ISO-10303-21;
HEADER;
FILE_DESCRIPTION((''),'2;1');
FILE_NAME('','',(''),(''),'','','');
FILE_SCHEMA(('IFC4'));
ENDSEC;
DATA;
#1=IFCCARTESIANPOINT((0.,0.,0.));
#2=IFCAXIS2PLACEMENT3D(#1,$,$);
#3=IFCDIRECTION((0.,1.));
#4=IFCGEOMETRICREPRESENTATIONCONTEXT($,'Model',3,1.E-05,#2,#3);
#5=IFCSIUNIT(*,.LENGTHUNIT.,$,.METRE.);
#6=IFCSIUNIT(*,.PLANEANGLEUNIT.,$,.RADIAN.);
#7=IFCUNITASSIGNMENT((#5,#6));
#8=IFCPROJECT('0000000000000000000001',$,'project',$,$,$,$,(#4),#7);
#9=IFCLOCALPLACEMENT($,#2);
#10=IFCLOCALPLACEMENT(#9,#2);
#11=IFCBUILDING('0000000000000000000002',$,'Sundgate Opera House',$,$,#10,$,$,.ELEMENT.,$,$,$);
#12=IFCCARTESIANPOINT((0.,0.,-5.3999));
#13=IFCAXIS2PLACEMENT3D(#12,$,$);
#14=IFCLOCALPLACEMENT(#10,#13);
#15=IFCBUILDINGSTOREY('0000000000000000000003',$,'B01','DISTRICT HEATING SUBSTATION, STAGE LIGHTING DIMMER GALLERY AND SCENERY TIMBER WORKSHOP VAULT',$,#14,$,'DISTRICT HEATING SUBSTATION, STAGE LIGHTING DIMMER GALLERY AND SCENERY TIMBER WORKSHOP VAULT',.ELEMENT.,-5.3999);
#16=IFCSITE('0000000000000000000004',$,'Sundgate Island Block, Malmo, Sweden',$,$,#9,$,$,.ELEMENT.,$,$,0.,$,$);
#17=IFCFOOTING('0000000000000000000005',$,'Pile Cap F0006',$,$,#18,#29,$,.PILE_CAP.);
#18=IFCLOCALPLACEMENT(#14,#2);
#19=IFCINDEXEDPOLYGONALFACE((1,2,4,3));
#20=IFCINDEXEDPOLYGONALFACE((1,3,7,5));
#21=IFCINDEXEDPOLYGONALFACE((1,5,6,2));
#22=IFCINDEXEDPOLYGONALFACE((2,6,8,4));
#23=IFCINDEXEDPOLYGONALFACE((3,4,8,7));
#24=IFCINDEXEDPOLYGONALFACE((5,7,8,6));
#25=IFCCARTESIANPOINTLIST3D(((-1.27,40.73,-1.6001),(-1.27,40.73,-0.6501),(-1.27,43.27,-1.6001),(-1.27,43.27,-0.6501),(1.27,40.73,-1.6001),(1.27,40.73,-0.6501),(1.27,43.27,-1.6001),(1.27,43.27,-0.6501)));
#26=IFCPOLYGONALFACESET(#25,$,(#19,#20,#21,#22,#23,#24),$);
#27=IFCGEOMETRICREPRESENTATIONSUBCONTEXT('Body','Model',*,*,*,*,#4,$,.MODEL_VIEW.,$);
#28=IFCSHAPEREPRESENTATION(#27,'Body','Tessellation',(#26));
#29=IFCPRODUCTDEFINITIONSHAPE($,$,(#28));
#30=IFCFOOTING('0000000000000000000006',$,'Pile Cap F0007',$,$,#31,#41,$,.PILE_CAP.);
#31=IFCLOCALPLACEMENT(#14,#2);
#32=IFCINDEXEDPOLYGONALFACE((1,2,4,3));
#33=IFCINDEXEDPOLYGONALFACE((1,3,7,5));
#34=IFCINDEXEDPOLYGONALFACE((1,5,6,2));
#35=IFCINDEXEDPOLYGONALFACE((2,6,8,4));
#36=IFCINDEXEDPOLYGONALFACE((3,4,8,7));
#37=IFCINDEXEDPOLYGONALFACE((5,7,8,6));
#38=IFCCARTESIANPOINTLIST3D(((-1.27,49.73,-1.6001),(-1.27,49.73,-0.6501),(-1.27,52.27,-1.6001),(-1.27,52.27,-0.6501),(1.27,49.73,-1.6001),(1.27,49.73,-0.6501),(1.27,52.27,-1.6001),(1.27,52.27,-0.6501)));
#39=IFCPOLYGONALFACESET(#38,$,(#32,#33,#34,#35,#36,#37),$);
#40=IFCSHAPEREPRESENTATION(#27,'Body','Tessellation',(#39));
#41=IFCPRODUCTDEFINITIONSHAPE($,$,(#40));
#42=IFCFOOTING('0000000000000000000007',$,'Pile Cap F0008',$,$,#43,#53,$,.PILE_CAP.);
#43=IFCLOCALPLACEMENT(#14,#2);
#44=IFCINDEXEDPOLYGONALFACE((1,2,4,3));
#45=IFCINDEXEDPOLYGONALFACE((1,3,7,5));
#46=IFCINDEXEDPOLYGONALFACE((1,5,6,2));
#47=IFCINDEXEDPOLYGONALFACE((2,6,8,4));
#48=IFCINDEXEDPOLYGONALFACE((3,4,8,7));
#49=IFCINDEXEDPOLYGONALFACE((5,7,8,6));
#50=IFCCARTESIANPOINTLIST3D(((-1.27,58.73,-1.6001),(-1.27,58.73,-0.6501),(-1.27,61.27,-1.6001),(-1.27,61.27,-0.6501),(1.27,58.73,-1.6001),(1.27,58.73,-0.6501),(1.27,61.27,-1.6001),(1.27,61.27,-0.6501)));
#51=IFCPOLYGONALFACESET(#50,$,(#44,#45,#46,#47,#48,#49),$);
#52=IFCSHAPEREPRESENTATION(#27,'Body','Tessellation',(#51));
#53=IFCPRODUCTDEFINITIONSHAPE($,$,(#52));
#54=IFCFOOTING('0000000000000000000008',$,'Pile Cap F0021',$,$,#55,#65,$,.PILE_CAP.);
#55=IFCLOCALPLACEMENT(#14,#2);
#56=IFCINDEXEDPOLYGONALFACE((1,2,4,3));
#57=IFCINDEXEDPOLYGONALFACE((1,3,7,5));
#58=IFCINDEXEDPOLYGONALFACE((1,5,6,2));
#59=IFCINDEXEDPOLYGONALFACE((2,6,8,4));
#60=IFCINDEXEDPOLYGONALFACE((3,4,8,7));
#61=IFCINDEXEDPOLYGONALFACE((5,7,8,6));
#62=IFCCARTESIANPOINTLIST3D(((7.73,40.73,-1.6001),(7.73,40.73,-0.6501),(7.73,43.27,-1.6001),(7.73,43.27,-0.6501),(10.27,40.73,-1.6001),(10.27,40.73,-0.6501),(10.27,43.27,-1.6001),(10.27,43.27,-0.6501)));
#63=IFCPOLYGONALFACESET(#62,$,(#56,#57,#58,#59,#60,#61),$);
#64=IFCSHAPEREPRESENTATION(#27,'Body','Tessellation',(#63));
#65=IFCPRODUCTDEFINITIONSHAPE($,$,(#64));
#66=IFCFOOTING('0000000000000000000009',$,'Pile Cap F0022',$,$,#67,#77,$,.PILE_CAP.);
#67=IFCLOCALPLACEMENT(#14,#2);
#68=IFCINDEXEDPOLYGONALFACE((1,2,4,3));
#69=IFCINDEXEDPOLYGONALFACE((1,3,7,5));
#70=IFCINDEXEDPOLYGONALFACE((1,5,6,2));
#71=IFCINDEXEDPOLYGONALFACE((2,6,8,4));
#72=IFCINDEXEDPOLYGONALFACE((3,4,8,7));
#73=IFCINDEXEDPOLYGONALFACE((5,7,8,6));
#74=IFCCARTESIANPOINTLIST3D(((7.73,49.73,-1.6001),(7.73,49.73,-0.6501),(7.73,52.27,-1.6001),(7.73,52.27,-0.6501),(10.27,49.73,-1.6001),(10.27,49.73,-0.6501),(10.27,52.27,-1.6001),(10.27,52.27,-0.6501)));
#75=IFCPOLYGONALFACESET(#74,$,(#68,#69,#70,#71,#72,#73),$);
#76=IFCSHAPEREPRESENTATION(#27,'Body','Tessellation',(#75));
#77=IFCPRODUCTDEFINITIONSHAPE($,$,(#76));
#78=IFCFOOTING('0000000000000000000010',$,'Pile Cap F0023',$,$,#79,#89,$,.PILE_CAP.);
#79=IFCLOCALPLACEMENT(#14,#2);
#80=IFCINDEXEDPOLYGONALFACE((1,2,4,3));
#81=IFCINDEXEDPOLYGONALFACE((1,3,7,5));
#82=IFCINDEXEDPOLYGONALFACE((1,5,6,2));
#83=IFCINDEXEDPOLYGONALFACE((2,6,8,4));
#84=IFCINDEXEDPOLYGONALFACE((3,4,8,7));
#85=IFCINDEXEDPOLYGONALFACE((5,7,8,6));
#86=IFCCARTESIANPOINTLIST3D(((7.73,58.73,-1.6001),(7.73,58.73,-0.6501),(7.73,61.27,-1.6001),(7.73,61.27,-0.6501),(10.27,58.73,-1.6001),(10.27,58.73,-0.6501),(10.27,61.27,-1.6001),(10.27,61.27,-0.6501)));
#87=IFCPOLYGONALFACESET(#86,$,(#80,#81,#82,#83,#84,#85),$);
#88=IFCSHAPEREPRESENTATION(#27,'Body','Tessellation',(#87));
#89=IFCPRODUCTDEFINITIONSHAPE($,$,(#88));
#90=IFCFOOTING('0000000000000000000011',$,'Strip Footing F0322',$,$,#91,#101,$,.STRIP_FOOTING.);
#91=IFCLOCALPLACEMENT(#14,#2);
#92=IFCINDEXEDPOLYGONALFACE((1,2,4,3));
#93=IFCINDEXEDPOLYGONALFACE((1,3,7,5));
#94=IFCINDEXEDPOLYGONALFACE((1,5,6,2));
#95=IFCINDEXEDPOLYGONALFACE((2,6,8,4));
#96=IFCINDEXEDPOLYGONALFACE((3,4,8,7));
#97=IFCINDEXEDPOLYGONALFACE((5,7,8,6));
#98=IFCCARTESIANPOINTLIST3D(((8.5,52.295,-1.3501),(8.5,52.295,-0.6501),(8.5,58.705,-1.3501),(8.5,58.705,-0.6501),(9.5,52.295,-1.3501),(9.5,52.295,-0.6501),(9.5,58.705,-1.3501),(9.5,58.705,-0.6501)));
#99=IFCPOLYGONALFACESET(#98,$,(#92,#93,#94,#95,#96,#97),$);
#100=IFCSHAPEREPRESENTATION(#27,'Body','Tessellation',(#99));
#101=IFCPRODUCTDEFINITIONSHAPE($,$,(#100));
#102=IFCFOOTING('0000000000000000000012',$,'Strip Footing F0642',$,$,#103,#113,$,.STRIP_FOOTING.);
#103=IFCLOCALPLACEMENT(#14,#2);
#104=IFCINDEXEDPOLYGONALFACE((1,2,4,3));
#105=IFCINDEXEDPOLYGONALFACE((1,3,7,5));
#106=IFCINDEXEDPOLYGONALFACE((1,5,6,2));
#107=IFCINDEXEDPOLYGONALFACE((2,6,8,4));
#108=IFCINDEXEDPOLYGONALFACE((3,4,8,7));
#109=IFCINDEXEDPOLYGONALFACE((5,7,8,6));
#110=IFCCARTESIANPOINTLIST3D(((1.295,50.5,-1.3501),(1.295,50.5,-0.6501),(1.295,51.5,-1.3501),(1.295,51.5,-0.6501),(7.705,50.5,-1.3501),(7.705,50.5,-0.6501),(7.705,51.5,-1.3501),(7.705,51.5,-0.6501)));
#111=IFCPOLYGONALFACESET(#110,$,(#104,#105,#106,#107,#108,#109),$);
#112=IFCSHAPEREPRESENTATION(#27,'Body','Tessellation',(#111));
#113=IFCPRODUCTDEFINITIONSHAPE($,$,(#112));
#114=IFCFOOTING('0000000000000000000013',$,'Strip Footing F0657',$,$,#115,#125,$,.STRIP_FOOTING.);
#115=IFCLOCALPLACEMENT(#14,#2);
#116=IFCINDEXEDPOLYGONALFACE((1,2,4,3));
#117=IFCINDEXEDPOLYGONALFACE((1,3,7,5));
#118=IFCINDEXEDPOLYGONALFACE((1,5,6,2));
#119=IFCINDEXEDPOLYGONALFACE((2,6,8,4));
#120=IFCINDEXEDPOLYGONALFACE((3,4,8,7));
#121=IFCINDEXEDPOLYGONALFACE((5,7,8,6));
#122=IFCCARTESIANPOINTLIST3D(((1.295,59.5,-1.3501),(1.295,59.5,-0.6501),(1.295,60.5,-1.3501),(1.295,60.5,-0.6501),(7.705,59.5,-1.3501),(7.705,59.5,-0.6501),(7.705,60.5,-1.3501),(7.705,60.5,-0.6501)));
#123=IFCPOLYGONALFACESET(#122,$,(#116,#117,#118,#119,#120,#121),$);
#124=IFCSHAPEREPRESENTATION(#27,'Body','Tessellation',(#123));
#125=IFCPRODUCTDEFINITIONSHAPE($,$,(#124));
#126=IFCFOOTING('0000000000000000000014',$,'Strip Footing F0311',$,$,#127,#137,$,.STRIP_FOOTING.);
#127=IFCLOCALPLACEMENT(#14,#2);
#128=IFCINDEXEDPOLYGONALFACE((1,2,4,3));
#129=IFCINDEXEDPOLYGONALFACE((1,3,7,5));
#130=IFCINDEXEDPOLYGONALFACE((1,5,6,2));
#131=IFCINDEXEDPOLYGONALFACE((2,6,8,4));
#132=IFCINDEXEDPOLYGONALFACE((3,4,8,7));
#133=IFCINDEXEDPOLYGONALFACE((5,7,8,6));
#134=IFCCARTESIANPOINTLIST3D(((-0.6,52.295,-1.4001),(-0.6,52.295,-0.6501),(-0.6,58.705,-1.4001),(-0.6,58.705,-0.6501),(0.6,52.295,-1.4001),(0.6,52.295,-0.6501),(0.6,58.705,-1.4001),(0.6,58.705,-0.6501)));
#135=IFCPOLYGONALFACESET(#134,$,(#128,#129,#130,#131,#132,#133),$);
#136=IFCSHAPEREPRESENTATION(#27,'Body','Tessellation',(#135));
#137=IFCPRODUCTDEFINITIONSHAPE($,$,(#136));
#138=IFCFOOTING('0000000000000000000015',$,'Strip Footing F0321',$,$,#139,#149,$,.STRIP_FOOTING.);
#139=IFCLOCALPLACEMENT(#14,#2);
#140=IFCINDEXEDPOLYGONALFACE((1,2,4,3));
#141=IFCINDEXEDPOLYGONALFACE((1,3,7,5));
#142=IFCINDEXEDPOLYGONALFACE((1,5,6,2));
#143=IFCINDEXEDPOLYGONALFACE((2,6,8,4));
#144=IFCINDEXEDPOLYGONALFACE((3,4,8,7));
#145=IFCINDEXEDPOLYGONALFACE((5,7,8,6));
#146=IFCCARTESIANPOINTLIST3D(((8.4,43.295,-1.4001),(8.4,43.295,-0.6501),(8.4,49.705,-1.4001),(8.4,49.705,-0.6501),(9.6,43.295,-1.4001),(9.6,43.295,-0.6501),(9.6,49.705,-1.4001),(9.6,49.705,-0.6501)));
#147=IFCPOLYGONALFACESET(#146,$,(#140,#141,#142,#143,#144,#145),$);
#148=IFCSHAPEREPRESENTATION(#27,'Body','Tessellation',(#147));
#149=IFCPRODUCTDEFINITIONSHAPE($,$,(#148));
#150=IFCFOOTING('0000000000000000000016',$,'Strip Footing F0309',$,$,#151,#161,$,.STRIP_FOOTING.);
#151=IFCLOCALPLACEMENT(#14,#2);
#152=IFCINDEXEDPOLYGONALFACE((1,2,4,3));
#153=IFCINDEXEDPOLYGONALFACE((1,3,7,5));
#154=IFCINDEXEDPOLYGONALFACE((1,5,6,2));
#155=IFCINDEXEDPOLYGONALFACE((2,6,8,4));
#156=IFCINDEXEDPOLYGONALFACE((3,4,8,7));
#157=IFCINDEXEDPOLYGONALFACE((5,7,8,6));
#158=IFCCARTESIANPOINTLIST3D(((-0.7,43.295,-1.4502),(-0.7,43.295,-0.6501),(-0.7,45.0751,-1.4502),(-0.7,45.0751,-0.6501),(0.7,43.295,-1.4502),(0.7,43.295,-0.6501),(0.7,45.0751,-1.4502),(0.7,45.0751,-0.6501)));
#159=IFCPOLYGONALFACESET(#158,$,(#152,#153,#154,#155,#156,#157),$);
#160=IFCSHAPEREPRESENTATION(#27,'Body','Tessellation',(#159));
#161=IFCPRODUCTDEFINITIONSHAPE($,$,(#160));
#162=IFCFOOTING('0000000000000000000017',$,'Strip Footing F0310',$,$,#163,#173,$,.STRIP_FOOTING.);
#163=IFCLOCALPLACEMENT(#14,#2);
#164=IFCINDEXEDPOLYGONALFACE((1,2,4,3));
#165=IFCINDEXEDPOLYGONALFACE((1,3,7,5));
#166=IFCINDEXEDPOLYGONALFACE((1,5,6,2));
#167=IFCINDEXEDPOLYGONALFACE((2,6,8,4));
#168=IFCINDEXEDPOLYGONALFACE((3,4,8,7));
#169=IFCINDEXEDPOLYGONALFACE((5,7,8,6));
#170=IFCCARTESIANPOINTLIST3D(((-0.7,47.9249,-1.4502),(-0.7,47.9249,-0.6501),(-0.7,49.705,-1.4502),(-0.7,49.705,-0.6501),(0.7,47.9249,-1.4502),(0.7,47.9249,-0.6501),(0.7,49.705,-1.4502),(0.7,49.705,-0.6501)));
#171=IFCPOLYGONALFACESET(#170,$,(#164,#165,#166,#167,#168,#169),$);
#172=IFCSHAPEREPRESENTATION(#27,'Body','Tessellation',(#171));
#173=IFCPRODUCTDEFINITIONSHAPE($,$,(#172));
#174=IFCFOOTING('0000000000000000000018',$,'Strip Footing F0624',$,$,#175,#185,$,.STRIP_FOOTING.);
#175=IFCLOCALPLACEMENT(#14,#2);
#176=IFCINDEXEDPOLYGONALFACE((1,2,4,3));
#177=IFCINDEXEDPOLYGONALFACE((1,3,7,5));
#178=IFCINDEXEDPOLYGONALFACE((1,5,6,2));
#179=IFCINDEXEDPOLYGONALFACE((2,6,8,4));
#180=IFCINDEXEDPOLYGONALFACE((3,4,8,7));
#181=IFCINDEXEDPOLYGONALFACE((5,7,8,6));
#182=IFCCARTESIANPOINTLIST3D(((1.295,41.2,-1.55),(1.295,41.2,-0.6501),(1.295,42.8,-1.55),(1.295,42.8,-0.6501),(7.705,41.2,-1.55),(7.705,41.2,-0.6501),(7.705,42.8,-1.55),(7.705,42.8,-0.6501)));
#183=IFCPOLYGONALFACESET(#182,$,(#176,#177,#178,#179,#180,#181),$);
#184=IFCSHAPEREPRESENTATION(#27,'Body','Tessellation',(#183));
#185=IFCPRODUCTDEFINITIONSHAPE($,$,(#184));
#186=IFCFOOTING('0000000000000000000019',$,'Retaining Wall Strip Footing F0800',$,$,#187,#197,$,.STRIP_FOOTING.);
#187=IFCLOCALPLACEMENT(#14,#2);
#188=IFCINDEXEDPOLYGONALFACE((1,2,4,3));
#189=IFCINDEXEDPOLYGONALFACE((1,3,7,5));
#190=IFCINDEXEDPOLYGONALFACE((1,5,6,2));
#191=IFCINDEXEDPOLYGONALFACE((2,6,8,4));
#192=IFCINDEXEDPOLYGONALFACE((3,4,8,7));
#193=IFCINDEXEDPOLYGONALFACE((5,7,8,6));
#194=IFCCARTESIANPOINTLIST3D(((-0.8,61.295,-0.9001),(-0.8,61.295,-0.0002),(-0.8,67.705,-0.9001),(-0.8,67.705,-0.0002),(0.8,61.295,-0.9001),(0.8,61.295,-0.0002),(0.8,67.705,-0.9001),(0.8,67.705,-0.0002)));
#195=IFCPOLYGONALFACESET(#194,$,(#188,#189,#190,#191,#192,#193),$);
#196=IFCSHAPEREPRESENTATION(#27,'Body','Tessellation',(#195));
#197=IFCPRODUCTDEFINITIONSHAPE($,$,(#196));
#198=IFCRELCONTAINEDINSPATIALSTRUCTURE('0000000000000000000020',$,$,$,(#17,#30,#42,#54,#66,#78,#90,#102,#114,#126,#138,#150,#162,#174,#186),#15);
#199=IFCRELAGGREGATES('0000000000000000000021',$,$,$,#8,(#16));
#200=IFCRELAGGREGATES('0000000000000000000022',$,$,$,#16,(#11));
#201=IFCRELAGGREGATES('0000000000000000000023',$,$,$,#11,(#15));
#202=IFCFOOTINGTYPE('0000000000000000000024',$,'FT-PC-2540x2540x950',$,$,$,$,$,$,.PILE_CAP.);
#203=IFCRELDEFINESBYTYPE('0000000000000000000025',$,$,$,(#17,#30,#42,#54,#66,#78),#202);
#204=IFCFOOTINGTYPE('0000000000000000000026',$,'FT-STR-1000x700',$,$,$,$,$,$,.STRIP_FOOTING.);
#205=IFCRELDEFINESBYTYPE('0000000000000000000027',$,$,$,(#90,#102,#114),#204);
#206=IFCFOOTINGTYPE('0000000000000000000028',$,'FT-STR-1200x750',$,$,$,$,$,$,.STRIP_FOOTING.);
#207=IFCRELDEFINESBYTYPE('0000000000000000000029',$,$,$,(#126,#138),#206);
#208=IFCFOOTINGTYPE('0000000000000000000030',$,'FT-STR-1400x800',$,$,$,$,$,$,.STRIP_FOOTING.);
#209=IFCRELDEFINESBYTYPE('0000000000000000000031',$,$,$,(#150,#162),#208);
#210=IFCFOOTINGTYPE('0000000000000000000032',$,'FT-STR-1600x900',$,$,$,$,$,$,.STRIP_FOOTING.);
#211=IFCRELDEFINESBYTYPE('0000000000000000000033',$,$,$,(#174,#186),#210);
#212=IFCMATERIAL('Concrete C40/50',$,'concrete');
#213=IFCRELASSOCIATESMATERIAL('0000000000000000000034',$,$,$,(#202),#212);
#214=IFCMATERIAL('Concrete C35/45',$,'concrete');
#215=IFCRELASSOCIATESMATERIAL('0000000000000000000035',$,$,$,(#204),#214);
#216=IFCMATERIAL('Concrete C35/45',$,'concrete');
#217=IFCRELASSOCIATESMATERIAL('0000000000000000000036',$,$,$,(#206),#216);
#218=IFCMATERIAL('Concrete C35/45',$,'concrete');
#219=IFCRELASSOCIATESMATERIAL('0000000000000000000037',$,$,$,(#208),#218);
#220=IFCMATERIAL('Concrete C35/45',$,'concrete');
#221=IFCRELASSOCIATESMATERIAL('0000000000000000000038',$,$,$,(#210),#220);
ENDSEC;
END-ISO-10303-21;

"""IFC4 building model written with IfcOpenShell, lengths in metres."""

from ifc_helpers import new_model, si_unit, direction, frame, origin, origin_2d, place, context, subcontext, project, spatial, rectangle, extrude, material, type_object, element, save


model = new_model("IFC4")

# Units and contexts
model_context = context("Model", 3, precision=1e-05, world=origin(), true_north=direction((0.0, 1.0)))
body_context = subcontext(model_context, "Body", "Model", "MODEL_VIEW")
ifc_project = project(units=[si_unit("LENGTHUNIT", "METRE"), si_unit("PLANEANGLEUNIT", "RADIAN")], contexts=[model_context])

# Site, building, storey
site_placement = place(None, origin())
site = spatial("IfcSite", under=ifc_project, at=site_placement, Name="Sundgate Island Block, Malmo, Sweden", CompositionType="ELEMENT", RefElevation=0.0)
building_placement = place(site_placement, origin())
building = spatial("IfcBuilding", under=site, at=building_placement, Name="Sundgate Opera House", CompositionType="ELEMENT")
storey_placement = place(building_placement, frame((0.0, 0.0, -5.3999)))
storey = spatial("IfcBuildingStorey", under=building, at=storey_placement, Name="B01", Description="DISTRICT HEATING SUBSTATION, STAGE LIGHTING DIMMER GALLERY AND SCENERY TIMBER WORKSHOP VAULT", LongName="DISTRICT HEATING SUBSTATION, STAGE LIGHTING DIMMER GALLERY AND SCENERY TIMBER WORKSHOP VAULT", CompositionType="ELEMENT", Elevation=-5.3999)

# Footings
ifc_material_1 = material(Name="Concrete C40/50", Category="concrete")
footing_type_1 = type_object("IfcFootingType", Name="FT-PC-2540x2540x950", PredefinedType="PILE_CAP", material=ifc_material_1)
for number, where, z_axis, x_axis, name in (
    (1, (0.0, 42.0, -1.6001), (0.0, 0.0, 1.0), (1.0, 0.0, 0.0), "Pile Cap F0006"),
    (2, (0.0, 51.0, -1.6001), (0.0, 0.0, 1.0), (1.0, 0.0, 0.0), "Pile Cap F0007"),
    (3, (0.0, 60.0, -1.6001), (0.0, 0.0, 1.0), (1.0, 0.0, 0.0), "Pile Cap F0008"),
    (4, (9.0, 42.0, -1.6001), (0.0, 0.0, 1.0), (1.0, 0.0, 0.0), "Pile Cap F0021"),
    (5, (9.0, 51.0, -1.6001), (0.0, 0.0, 1.0), (1.0, 0.0, 0.0), "Pile Cap F0022"),
    (6, (9.0, 60.0, -1.6001), (0.0, 0.0, 1.0), (1.0, 0.0, 0.0), "Pile Cap F0023"),
):
    element("IfcFooting", number, at=place(storey_placement, frame(where, z_axis=z_axis, x_axis=x_axis)), inside=storey, type_object=footing_type_1, Name=name, PredefinedType="PILE_CAP", context=body_context, shape_type="SweptSolid", body=[
        extrude(rectangle(XDim=2.54, YDim=2.54, at=origin_2d()), origin(), (0.0, 0.0, 1.0), 0.95),
    ])
ifc_material_2 = material(Name="Concrete C35/45", Category="concrete")
footing_type_2 = type_object("IfcFootingType", Name="FT-STR-1000x700", PredefinedType="STRIP_FOOTING", material=ifc_material_2)
footing_1_placement = place(storey_placement, frame((9.0, 55.5, -1.3501), z_axis=(0.0, 0.0, 1.0), x_axis=(1.0, 0.0, 0.0)))
element("IfcFooting", 7, at=footing_1_placement, inside=storey, type_object=footing_type_2, Name="Strip Footing F0322", PredefinedType="STRIP_FOOTING", context=body_context, shape_type="SweptSolid", body=[
    extrude(rectangle(XDim=1.0, YDim=6.4099, at=origin_2d()), origin(), (0.0, 0.0, 1.0), 0.7),
])
for number, where, z_axis, x_axis, name in (
    (8, (4.5, 51.0, -1.3501), (0.0, 0.0, 1.0), (1.0, 0.0, 0.0), "Strip Footing F0642"),
    (9, (4.5, 60.0, -1.3501), (0.0, 0.0, 1.0), (1.0, 0.0, 0.0), "Strip Footing F0657"),
):
    element("IfcFooting", number, at=place(storey_placement, frame(where, z_axis=z_axis, x_axis=x_axis)), inside=storey, type_object=footing_type_2, Name=name, PredefinedType="STRIP_FOOTING", context=body_context, shape_type="SweptSolid", body=[
        extrude(rectangle(XDim=6.4099, YDim=1.0, at=origin_2d()), origin(), (0.0, 0.0, 1.0), 0.7),
    ])
ifc_material_3 = material(Name="Concrete C35/45", Category="concrete")
footing_type_3 = type_object("IfcFootingType", Name="FT-STR-1200x750", PredefinedType="STRIP_FOOTING", material=ifc_material_3)
for number, where, z_axis, x_axis, name in (
    (10, (0.0, 55.5, -1.4001), (0.0, 0.0, 1.0), (1.0, 0.0, 0.0), "Strip Footing F0311"),
    (11, (9.0, 46.5, -1.4001), (0.0, 0.0, 1.0), (1.0, 0.0, 0.0), "Strip Footing F0321"),
):
    element("IfcFooting", number, at=place(storey_placement, frame(where, z_axis=z_axis, x_axis=x_axis)), inside=storey, type_object=footing_type_3, Name=name, PredefinedType="STRIP_FOOTING", context=body_context, shape_type="SweptSolid", body=[
        extrude(rectangle(XDim=1.2, YDim=6.4099, at=origin_2d()), origin(), (0.0, 0.0, 1.0), 0.75),
    ])
ifc_material_4 = material(Name="Concrete C35/45", Category="concrete")
footing_type_4 = type_object("IfcFootingType", Name="FT-STR-1400x800", PredefinedType="STRIP_FOOTING", material=ifc_material_4)
for number, where, z_axis, x_axis, name in (
    (12, (0.0, 44.1851, -1.4502), (0.0, 0.0, 1.0), (1.0, 0.0, 0.0), "Strip Footing F0309"),
    (13, (0.0, 48.8149, -1.4502), (0.0, 0.0, 1.0), (1.0, 0.0, 0.0), "Strip Footing F0310"),
):
    element("IfcFooting", number, at=place(storey_placement, frame(where, z_axis=z_axis, x_axis=x_axis)), inside=storey, type_object=footing_type_4, Name=name, PredefinedType="STRIP_FOOTING", context=body_context, shape_type="SweptSolid", body=[
        extrude(rectangle(XDim=1.3999, YDim=1.78, at=origin_2d()), origin(), (0.0, 0.0, 1.0), 0.8),
    ])
ifc_material_5 = material(Name="Concrete C35/45", Category="concrete")
footing_type_5 = type_object("IfcFootingType", Name="FT-STR-1600x900", PredefinedType="STRIP_FOOTING", material=ifc_material_5)
footing_2_placement = place(storey_placement, frame((4.5, 42.0, -1.55), z_axis=(0.0, 0.0, 1.0), x_axis=(1.0, 0.0, 0.0)))
element("IfcFooting", 14, at=footing_2_placement, inside=storey, type_object=footing_type_5, Name="Strip Footing F0624", PredefinedType="STRIP_FOOTING", context=body_context, shape_type="SweptSolid", body=[
    extrude(rectangle(XDim=6.4099, YDim=1.6001, at=origin_2d()), origin(), (0.0, 0.0, 1.0), 0.8999),
])
footing_3_placement = place(storey_placement, frame((0.0, 64.5, -0.9001), z_axis=(0.0, 0.0, 1.0), x_axis=(1.0, 0.0, 0.0)))
element("IfcFooting", 15, at=footing_3_placement, inside=storey, type_object=footing_type_5, Name="Retaining Wall Strip Footing F0800", PredefinedType="STRIP_FOOTING", context=body_context, shape_type="SweptSolid", body=[
    extrude(rectangle(XDim=1.6001, YDim=6.4099, at=origin_2d()), origin(), (0.0, 0.0, 1.0), 0.8999),
])

save(model, "model.ifc")
